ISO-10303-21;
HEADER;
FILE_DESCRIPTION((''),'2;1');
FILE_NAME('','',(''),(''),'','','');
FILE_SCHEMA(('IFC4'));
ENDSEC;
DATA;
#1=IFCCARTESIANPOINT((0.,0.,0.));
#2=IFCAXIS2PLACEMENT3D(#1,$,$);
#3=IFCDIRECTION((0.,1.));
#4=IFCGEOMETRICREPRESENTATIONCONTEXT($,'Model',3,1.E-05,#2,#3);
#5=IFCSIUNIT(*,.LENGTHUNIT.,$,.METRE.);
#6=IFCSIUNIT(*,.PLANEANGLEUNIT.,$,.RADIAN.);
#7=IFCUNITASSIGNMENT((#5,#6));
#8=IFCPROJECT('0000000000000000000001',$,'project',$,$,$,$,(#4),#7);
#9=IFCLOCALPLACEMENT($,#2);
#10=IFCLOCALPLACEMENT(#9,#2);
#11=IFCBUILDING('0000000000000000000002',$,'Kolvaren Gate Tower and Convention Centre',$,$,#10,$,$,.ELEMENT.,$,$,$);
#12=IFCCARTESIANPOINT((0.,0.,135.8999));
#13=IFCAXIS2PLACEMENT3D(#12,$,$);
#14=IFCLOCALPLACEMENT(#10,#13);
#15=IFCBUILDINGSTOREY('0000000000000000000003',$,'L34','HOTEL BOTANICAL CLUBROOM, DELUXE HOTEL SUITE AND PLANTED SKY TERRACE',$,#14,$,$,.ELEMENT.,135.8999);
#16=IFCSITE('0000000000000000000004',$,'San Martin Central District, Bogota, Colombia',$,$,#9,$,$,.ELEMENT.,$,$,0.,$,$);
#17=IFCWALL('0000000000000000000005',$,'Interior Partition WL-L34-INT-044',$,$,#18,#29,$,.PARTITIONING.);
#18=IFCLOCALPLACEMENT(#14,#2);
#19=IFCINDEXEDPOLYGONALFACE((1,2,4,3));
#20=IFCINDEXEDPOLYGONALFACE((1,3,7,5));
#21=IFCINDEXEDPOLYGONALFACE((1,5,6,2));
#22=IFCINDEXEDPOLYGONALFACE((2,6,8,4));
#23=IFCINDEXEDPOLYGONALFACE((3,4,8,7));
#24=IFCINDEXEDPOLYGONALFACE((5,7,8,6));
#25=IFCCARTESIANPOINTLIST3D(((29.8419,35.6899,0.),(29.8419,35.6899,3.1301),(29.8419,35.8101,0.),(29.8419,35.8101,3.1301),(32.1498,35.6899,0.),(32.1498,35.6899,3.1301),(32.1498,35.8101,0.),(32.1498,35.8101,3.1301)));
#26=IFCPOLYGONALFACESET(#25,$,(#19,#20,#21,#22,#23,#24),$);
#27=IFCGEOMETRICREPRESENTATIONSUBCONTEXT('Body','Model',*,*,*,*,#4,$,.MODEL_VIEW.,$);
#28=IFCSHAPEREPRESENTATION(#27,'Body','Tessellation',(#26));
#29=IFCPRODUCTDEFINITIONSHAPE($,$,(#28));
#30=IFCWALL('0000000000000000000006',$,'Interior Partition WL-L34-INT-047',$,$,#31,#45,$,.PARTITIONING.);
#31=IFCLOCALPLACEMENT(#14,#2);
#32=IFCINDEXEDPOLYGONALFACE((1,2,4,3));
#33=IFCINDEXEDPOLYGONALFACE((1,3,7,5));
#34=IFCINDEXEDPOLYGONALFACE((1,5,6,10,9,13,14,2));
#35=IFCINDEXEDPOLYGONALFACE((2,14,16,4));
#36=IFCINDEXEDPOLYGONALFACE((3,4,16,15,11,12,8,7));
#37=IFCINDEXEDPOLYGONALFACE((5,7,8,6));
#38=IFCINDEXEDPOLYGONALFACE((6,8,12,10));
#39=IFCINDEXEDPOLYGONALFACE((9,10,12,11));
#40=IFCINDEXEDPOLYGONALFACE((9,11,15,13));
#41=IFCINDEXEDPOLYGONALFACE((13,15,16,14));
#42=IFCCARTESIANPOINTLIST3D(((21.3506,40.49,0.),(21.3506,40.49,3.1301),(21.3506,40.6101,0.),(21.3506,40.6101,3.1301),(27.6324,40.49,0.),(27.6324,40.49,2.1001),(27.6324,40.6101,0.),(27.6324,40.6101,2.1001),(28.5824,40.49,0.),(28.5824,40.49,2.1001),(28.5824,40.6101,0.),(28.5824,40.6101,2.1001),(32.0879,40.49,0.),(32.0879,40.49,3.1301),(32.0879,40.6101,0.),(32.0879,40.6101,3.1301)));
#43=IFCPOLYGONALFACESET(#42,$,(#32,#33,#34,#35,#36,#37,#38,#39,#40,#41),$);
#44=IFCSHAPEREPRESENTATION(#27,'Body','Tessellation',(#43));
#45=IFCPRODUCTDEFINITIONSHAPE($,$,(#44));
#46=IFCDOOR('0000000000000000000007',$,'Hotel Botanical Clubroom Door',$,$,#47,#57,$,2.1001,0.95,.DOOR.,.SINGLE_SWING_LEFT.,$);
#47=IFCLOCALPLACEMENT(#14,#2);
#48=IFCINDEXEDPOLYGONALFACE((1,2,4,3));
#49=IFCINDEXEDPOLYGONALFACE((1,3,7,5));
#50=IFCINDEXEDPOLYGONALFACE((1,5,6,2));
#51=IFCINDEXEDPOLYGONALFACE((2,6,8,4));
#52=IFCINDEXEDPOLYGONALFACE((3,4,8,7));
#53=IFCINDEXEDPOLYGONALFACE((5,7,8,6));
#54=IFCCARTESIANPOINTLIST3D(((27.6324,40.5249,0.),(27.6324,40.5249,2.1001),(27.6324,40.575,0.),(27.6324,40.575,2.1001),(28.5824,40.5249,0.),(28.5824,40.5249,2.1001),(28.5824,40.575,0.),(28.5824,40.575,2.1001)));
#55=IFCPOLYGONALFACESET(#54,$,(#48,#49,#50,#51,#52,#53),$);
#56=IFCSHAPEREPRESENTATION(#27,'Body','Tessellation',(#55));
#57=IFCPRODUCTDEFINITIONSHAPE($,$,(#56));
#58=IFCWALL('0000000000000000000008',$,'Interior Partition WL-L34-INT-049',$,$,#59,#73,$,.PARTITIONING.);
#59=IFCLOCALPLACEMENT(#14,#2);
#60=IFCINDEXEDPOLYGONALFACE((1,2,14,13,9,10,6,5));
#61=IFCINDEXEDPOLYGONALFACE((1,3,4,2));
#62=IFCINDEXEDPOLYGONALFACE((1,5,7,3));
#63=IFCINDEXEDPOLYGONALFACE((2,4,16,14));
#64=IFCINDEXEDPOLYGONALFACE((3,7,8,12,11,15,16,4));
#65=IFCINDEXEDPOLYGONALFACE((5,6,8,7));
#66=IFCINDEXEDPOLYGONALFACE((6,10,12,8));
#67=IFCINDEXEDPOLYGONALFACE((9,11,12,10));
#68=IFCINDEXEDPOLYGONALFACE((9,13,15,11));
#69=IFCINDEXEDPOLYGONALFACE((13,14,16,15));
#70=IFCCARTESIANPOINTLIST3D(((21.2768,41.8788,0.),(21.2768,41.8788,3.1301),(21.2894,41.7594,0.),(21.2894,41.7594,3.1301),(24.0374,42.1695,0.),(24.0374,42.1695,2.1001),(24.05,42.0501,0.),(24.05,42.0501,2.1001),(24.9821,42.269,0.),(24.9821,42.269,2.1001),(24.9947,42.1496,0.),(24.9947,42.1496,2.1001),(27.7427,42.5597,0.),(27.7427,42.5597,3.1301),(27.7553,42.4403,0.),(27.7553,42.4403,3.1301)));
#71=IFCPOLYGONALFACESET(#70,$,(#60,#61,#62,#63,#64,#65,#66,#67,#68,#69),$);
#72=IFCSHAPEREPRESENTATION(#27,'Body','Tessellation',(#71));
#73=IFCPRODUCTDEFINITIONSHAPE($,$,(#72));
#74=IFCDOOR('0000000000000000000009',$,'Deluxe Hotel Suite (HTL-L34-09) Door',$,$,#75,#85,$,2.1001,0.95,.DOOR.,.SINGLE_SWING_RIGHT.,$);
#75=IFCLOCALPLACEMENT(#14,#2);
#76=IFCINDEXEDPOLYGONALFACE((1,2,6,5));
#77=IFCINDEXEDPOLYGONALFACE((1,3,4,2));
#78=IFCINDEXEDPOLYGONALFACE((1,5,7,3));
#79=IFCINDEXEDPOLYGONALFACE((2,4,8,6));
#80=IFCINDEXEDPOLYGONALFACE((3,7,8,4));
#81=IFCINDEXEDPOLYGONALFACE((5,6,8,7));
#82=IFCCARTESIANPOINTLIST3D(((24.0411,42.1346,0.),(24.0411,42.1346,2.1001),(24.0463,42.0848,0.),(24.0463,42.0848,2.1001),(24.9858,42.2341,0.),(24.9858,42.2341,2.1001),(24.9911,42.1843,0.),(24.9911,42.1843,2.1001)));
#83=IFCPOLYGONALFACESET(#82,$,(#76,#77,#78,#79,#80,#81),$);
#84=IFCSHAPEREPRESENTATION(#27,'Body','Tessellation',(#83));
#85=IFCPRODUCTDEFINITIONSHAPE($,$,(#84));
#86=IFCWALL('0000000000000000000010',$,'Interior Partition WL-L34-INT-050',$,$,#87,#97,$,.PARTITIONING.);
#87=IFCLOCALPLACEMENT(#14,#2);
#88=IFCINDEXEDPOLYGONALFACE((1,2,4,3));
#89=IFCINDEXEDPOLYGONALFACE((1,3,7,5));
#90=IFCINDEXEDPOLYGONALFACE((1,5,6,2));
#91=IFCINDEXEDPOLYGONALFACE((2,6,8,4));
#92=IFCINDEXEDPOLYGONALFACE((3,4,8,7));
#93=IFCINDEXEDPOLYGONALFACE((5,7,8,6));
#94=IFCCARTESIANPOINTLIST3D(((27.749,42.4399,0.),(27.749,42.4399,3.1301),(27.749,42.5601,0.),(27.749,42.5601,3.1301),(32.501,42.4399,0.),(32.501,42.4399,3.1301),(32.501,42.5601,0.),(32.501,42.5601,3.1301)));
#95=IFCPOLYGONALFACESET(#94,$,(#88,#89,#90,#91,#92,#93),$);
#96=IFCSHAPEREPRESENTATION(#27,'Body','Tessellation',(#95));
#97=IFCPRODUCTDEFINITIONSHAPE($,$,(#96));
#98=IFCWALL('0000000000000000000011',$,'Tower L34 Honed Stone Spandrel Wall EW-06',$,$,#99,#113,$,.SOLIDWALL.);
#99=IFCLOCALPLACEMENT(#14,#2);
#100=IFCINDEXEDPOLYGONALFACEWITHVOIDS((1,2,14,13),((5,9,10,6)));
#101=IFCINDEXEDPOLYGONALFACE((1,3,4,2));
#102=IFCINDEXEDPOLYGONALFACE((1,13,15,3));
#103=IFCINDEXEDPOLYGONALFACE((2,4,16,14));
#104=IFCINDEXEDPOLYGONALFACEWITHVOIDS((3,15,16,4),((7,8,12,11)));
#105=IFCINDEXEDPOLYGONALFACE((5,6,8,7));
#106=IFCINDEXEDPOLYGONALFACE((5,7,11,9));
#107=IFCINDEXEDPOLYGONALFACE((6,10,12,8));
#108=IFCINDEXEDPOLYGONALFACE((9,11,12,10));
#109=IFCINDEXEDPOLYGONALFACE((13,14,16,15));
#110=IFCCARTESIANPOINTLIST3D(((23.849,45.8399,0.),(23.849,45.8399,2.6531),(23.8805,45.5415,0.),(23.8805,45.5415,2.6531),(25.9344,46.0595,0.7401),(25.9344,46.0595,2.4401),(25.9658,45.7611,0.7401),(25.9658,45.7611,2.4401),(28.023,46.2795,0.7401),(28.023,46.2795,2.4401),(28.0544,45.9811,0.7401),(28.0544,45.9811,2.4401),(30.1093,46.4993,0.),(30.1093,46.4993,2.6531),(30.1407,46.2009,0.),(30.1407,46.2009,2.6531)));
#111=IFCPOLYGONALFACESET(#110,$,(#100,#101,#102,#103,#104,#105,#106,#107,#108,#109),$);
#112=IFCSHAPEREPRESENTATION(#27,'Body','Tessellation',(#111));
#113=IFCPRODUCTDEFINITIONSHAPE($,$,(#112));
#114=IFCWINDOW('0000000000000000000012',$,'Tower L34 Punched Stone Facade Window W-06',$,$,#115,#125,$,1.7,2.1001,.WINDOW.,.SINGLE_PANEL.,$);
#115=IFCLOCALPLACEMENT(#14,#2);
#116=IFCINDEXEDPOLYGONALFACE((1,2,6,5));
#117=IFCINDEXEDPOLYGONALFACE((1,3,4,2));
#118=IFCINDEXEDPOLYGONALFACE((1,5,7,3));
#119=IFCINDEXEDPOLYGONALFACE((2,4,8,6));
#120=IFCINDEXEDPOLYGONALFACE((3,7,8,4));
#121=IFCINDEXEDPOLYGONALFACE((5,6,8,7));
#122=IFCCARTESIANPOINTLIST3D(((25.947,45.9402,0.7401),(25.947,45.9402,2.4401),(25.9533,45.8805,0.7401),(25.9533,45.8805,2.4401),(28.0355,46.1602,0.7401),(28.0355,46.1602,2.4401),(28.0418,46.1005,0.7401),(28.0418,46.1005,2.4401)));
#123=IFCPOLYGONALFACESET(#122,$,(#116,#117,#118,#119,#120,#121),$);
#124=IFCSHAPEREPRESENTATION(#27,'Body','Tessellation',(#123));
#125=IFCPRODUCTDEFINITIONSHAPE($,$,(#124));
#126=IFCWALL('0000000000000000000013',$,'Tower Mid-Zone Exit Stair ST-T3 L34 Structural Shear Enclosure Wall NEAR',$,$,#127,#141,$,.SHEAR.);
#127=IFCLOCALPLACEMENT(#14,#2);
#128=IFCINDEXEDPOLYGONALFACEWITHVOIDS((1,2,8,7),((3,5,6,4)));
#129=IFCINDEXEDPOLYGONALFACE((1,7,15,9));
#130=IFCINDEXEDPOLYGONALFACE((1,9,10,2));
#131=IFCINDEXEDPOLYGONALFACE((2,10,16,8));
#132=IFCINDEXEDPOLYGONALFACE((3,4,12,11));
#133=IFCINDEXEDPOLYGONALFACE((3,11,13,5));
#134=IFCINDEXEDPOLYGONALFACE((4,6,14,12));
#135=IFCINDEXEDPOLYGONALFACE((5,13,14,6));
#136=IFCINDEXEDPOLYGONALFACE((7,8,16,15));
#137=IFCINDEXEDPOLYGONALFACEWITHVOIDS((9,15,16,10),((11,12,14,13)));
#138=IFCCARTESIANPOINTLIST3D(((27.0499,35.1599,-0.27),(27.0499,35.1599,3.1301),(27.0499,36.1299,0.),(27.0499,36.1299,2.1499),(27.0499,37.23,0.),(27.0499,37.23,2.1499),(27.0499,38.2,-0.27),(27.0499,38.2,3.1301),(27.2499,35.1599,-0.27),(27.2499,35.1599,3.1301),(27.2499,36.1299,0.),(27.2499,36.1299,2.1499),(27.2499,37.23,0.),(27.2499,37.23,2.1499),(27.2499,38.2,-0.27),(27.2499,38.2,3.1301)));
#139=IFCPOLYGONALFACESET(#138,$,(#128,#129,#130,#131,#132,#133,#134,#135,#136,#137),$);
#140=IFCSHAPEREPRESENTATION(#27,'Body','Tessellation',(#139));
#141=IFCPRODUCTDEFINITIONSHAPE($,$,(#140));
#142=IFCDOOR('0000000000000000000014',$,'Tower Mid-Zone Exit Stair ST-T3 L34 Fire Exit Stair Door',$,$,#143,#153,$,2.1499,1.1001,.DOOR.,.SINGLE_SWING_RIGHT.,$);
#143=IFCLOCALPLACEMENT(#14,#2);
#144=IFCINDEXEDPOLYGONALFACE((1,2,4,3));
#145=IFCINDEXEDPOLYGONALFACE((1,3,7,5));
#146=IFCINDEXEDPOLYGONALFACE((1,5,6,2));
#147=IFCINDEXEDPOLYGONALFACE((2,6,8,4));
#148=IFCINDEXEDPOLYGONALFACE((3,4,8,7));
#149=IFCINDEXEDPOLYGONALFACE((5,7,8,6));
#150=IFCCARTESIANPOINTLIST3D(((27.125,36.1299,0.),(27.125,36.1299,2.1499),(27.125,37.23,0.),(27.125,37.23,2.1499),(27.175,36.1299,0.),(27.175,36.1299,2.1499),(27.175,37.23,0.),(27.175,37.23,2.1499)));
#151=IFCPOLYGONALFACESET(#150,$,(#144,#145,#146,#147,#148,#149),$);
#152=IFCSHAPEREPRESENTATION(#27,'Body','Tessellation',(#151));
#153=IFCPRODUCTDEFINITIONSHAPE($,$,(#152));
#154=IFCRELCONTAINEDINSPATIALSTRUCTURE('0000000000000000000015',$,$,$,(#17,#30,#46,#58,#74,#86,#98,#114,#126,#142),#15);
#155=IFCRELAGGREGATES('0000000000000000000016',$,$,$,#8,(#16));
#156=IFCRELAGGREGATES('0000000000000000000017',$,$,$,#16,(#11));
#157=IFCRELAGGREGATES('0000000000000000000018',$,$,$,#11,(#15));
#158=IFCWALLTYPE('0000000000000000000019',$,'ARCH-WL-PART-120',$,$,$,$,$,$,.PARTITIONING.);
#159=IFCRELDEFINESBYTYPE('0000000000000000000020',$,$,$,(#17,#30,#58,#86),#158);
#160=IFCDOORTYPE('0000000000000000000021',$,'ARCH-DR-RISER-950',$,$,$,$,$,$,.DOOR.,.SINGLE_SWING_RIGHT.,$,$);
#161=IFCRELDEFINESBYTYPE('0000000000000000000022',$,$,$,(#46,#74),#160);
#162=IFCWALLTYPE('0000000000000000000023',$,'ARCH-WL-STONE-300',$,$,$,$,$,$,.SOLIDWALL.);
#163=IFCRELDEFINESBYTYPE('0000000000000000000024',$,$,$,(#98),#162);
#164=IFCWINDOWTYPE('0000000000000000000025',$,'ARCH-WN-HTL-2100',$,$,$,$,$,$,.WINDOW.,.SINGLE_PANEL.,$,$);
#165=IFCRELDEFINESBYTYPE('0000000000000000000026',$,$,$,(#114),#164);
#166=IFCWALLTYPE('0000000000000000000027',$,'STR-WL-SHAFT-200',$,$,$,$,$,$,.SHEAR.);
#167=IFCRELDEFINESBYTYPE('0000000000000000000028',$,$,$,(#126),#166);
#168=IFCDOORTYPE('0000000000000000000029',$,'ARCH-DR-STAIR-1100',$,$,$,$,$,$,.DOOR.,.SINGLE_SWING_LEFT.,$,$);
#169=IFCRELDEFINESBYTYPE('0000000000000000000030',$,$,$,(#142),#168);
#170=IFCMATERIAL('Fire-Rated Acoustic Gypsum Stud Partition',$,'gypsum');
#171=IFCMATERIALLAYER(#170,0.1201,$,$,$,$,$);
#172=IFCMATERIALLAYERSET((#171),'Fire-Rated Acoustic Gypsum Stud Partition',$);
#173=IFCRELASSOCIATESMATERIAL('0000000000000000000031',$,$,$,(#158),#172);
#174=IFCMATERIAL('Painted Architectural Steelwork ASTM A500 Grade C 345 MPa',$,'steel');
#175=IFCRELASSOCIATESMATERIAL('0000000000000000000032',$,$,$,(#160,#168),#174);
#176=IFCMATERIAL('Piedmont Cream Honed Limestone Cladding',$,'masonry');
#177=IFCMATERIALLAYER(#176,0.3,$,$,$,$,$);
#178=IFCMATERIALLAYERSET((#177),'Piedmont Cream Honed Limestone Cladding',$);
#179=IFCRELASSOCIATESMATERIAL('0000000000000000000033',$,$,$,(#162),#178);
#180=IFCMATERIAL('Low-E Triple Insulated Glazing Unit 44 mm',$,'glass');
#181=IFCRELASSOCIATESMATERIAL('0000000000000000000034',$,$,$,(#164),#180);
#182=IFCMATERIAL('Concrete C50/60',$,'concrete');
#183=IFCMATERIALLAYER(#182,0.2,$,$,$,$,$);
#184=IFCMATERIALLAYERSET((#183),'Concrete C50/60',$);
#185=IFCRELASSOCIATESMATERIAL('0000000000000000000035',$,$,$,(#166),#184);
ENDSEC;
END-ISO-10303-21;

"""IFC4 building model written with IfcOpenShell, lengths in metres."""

from ifc_helpers import new_model, si_unit, direction, frame, frame_2d, origin, place, context, subcontext, project, spatial, rectangle, extrude, material, layer, layer_set, type_object, element, fill, save


model = new_model("IFC4")

# Units and contexts
model_context = context("Model", 3, precision=1e-05, world=origin(), true_north=direction((0.0, 1.0)))
body_context = subcontext(model_context, "Body", "Model", "MODEL_VIEW")
ifc_project = project(units=[si_unit("LENGTHUNIT", "METRE"), si_unit("PLANEANGLEUNIT", "RADIAN")], contexts=[model_context])

# Site, building, storey
site_placement = place(None, origin())
site = spatial("IfcSite", under=ifc_project, at=site_placement, Name="San Martin Central District, Bogota, Colombia", CompositionType="ELEMENT", RefElevation=0.0)
building_placement = place(site_placement, origin())
building = spatial("IfcBuilding", under=site, at=building_placement, Name="Kolvaren Gate Tower and Convention Centre", CompositionType="ELEMENT")
storey_placement = place(building_placement, frame((0.0, 0.0, 135.8999)))
storey = spatial("IfcBuildingStorey", under=building, at=storey_placement, Name="L34", Description="HOTEL BOTANICAL CLUBROOM, DELUXE HOTEL SUITE AND PLANTED SKY TERRACE", CompositionType="ELEMENT", Elevation=135.8999)

# Wall
ifc_material_1 = material(Name="Fire-Rated Acoustic Gypsum Stud Partition", Category="gypsum")
ifc_layer_1 = layer(ifc_material_1, 0.1201)
ifc_layer_set_1 = layer_set([ifc_layer_1], Name="Fire-Rated Acoustic Gypsum Stud Partition")
wall_type_1 = type_object("IfcWallType", Name="ARCH-WL-PART-120", PredefinedType="PARTITIONING", material=ifc_layer_set_1)
wall_1_placement = place(storey_placement, frame((29.842, 35.75, 0.0), z_axis=(0.0, 0.0, 1.0), x_axis=(1.0, 0.0, 0.0)))
element("IfcWall", 1, at=wall_1_placement, inside=storey, type_object=wall_type_1, Name="Interior Partition WL-L34-INT-044", PredefinedType="PARTITIONING", context=body_context, shape_type="SweptSolid", body=[
    extrude(rectangle(XDim=2.3079, YDim=0.1201, at=frame_2d((1.1538, 0.0))), origin(), (0.0, 0.0, 1.0), 3.1301),
])

# Walls, openings, doors
wall_2_placement = place(storey_placement, frame((21.3506, 40.55, 0.0), z_axis=(0.0, 0.0, 1.0), x_axis=(1.0, 0.0, 0.0)))
wall_2 = element("IfcWall", 2, at=wall_2_placement, inside=storey, type_object=wall_type_1, Name="Interior Partition WL-L34-INT-047", PredefinedType="PARTITIONING", context=body_context, shape_type="SweptSolid", body=[
    extrude(rectangle(XDim=10.7373, YDim=0.1201, at=frame_2d((5.3687, 0.0))), origin(), (0.0, 0.0, 1.0), 3.1301),
])
opening_1_placement = place(wall_2_placement, frame((6.2817, 0.0, 0.0)))
opening_1 = element("IfcOpeningElement", 3, at=opening_1_placement, cuts=wall_2, PredefinedType="OPENING", context=body_context, shape_type="SweptSolid", body=[
    extrude(rectangle(XDim=0.95, YDim=2.1001, at=frame_2d((0.4751, 1.05))), frame((0.0, 0.0701, 0.0), z_axis=(0.0, -1.0, 0.0), x_axis=(1.0, 0.0, 0.0)), (0.0, 0.0, 1.0), 0.1401),
])
ifc_material_2 = material(Name="Painted Architectural Steelwork ASTM A500 Grade C 345 MPa", Category="steel")
door_type_1 = type_object("IfcDoorType", Name="ARCH-DR-RISER-950", OperationType="SINGLE_SWING_RIGHT", PredefinedType="DOOR", material=ifc_material_2)
door_1_placement = place(opening_1_placement, origin())
door_1 = element("IfcDoor", 4, at=door_1_placement, inside=storey, type_object=door_type_1, Name="Hotel Botanical Clubroom Door", OperationType="SINGLE_SWING_LEFT", OverallHeight=2.1001, OverallWidth=0.95, PredefinedType="DOOR", context=body_context, shape_type="SweptSolid", body=[
    extrude(rectangle(XDim=0.95, YDim=2.1001, at=frame_2d((0.4751, 1.05))), frame((0.0, 0.0249, 0.0), z_axis=(0.0, -1.0, 0.0), x_axis=(1.0, 0.0, 0.0)), (0.0, 0.0, 1.0), 0.05),
])
fill(opening_1, door_1)
wall_3_placement = place(storey_placement, frame((21.283, 41.8191, 0.0), z_axis=(0.0, 0.0, 1.0), x_axis=(0.994501, 0.104726, 0.0)))
wall_3 = element("IfcWall", 5, at=wall_3_placement, inside=storey, type_object=wall_type_1, Name="Interior Partition WL-L34-INT-049", PredefinedType="PARTITIONING", context=body_context, shape_type="SweptSolid", body=[
    extrude(rectangle(XDim=6.5017, YDim=0.1201, at=frame_2d((3.251, 0.0))), origin(), (0.0, 0.0, 1.0), 3.1301),
])
opening_2_placement = place(wall_3_placement, frame((2.7759, 0.0, 0.0)))
opening_2 = element("IfcOpeningElement", 6, at=opening_2_placement, cuts=wall_3, PredefinedType="OPENING", context=body_context, shape_type="SweptSolid", body=[
    extrude(rectangle(XDim=0.95, YDim=2.1001, at=frame_2d((0.4751, 1.05))), frame((0.0, 0.0701, 0.0), z_axis=(0.0, -1.0, 0.0), x_axis=(1.0, 0.0, 0.0)), (0.0, 0.0, 1.0), 0.1401),
])
door_2_placement = place(opening_2_placement, origin())
door_2 = element("IfcDoor", 7, at=door_2_placement, inside=storey, type_object=door_type_1, Name="Deluxe Hotel Suite (HTL-L34-09) Door", OperationType="SINGLE_SWING_RIGHT", OverallHeight=2.1001, OverallWidth=0.95, PredefinedType="DOOR", context=body_context, shape_type="SweptSolid", body=[
    extrude(rectangle(XDim=0.95, YDim=2.1001, at=frame_2d((0.4751, 1.05))), frame((0.0, 0.0249, 0.0), z_axis=(0.0, -1.0, 0.0), x_axis=(1.0, 0.0, 0.0)), (0.0, 0.0, 1.0), 0.05),
])
fill(opening_2, door_2)

# Wall
wall_4_placement = place(storey_placement, frame((27.749, 42.5, 0.0), z_axis=(0.0, 0.0, 1.0), x_axis=(1.0, 0.0, 0.0)))
element("IfcWall", 8, at=wall_4_placement, inside=storey, type_object=wall_type_1, Name="Interior Partition WL-L34-INT-050", PredefinedType="PARTITIONING", context=body_context, shape_type="SweptSolid", body=[
    extrude(rectangle(XDim=4.752, YDim=0.1201, at=frame_2d((2.376, 0.0))), origin(), (0.0, 0.0, 1.0), 3.1301),
])

# Wall, opening, window
ifc_material_3 = material(Name="Piedmont Cream Honed Limestone Cladding", Category="masonry")
ifc_layer_2 = layer(ifc_material_3, 0.3)
ifc_layer_set_2 = layer_set([ifc_layer_2], Name="Piedmont Cream Honed Limestone Cladding")
wall_type_2 = type_object("IfcWallType", Name="ARCH-WL-STONE-300", PredefinedType="SOLIDWALL", material=ifc_layer_set_2)
wall_5_placement = place(storey_placement, frame((23.8647, 45.6907, 0.0), z_axis=(0.0, 0.0, 1.0), x_axis=(0.994498, 0.104755, 0.0)))
wall_5 = element("IfcWall", 9, at=wall_5_placement, inside=storey, type_object=wall_type_2, Name="Tower L34 Honed Stone Spandrel Wall EW-06", PredefinedType="SOLIDWALL", context=body_context, shape_type="SweptSolid", body=[
    extrude(rectangle(XDim=6.2949, YDim=0.3, at=frame_2d((3.1475, 0.0))), origin(), (0.0, 0.0, 1.0), 2.6531),
])
opening_3_placement = place(wall_5_placement, frame((2.0969, 0.0, 0.74)))
opening_3 = element("IfcOpeningElement", 10, at=opening_3_placement, cuts=wall_5, PredefinedType="OPENING", context=body_context, shape_type="SweptSolid", body=[
    extrude(rectangle(XDim=2.1001, YDim=1.7, at=frame_2d((1.05, 0.8501))), frame((0.0, 0.1599, 0.0), z_axis=(0.0, -1.0, 0.0), x_axis=(1.0, 0.0, 0.0)), (0.0, 0.0, 1.0), 0.3201),
])
ifc_material_4 = material(Name="Low-E Triple Insulated Glazing Unit 44 mm", Category="glass")
window_type = type_object("IfcWindowType", Name="ARCH-WN-HTL-2100", PartitioningType="SINGLE_PANEL", PredefinedType="WINDOW", material=ifc_material_4)
window_placement = place(opening_3_placement, origin())
window = element("IfcWindow", 11, at=window_placement, inside=storey, type_object=window_type, Name="Tower L34 Punched Stone Facade Window W-06", OverallHeight=1.7, OverallWidth=2.1001, PartitioningType="SINGLE_PANEL", PredefinedType="WINDOW", context=body_context, shape_type="SweptSolid", body=[
    extrude(rectangle(XDim=2.1001, YDim=1.7, at=frame_2d((1.05, 0.8501))), frame((0.0, 0.03, 0.0), z_axis=(0.0, -1.0, 0.0), x_axis=(1.0, 0.0, 0.0)), (0.0, 0.0, 1.0), 0.0601),
])
fill(opening_3, window)

# Wall, opening, door
ifc_material_5 = material(Name="Concrete C50/60", Category="concrete")
ifc_layer_3 = layer(ifc_material_5, 0.2)
ifc_layer_set_3 = layer_set([ifc_layer_3], Name="Concrete C50/60")
wall_type_3 = type_object("IfcWallType", Name="STR-WL-SHAFT-200", PredefinedType="SHEAR", material=ifc_layer_set_3)
wall_6_placement = place(storey_placement, frame((27.1499, 35.1599, -0.27), z_axis=(0.0, 0.0, 1.0), x_axis=(0.0, 1.0, 0.0)))
wall_6 = element("IfcWall", 12, at=wall_6_placement, inside=storey, type_object=wall_type_3, Name="Tower Mid-Zone Exit Stair ST-T3 L34 Structural Shear Enclosure Wall NEAR", PredefinedType="SHEAR", context=body_context, shape_type="SweptSolid", body=[
    extrude(rectangle(XDim=3.04, YDim=0.2, at=frame_2d((1.52, 0.0))), origin(), (0.0, 0.0, 1.0), 3.4001),
])
opening_4_placement = place(wall_6_placement, frame((0.97, 0.0, 0.27)))
opening_4 = element("IfcOpeningElement", 13, at=opening_4_placement, cuts=wall_6, PredefinedType="OPENING", context=body_context, shape_type="SweptSolid", body=[
    extrude(rectangle(XDim=1.1001, YDim=2.1499, at=frame_2d((0.55, 1.075))), frame((0.0, 0.1099, 0.0), z_axis=(0.0, -1.0, 0.0), x_axis=(1.0, 0.0, 0.0)), (0.0, 0.0, 1.0), 0.22),
])
door_type_2 = type_object("IfcDoorType", Name="ARCH-DR-STAIR-1100", OperationType="SINGLE_SWING_LEFT", PredefinedType="DOOR", material=ifc_material_2)
door_3_placement = place(opening_4_placement, origin())
door_3 = element("IfcDoor", 14, at=door_3_placement, inside=storey, type_object=door_type_2, Name="Tower Mid-Zone Exit Stair ST-T3 L34 Fire Exit Stair Door", OperationType="SINGLE_SWING_RIGHT", OverallHeight=2.1499, OverallWidth=1.1001, PredefinedType="DOOR", context=body_context, shape_type="SweptSolid", body=[
    extrude(rectangle(XDim=1.1001, YDim=2.1499, at=frame_2d((0.55, 1.075))), frame((0.0, 0.0249, 0.0), z_axis=(0.0, -1.0, 0.0), x_axis=(1.0, 0.0, 0.0)), (0.0, 0.0, 1.0), 0.05),
])
fill(opening_4, door_3)

save(model, "model.ifc")
